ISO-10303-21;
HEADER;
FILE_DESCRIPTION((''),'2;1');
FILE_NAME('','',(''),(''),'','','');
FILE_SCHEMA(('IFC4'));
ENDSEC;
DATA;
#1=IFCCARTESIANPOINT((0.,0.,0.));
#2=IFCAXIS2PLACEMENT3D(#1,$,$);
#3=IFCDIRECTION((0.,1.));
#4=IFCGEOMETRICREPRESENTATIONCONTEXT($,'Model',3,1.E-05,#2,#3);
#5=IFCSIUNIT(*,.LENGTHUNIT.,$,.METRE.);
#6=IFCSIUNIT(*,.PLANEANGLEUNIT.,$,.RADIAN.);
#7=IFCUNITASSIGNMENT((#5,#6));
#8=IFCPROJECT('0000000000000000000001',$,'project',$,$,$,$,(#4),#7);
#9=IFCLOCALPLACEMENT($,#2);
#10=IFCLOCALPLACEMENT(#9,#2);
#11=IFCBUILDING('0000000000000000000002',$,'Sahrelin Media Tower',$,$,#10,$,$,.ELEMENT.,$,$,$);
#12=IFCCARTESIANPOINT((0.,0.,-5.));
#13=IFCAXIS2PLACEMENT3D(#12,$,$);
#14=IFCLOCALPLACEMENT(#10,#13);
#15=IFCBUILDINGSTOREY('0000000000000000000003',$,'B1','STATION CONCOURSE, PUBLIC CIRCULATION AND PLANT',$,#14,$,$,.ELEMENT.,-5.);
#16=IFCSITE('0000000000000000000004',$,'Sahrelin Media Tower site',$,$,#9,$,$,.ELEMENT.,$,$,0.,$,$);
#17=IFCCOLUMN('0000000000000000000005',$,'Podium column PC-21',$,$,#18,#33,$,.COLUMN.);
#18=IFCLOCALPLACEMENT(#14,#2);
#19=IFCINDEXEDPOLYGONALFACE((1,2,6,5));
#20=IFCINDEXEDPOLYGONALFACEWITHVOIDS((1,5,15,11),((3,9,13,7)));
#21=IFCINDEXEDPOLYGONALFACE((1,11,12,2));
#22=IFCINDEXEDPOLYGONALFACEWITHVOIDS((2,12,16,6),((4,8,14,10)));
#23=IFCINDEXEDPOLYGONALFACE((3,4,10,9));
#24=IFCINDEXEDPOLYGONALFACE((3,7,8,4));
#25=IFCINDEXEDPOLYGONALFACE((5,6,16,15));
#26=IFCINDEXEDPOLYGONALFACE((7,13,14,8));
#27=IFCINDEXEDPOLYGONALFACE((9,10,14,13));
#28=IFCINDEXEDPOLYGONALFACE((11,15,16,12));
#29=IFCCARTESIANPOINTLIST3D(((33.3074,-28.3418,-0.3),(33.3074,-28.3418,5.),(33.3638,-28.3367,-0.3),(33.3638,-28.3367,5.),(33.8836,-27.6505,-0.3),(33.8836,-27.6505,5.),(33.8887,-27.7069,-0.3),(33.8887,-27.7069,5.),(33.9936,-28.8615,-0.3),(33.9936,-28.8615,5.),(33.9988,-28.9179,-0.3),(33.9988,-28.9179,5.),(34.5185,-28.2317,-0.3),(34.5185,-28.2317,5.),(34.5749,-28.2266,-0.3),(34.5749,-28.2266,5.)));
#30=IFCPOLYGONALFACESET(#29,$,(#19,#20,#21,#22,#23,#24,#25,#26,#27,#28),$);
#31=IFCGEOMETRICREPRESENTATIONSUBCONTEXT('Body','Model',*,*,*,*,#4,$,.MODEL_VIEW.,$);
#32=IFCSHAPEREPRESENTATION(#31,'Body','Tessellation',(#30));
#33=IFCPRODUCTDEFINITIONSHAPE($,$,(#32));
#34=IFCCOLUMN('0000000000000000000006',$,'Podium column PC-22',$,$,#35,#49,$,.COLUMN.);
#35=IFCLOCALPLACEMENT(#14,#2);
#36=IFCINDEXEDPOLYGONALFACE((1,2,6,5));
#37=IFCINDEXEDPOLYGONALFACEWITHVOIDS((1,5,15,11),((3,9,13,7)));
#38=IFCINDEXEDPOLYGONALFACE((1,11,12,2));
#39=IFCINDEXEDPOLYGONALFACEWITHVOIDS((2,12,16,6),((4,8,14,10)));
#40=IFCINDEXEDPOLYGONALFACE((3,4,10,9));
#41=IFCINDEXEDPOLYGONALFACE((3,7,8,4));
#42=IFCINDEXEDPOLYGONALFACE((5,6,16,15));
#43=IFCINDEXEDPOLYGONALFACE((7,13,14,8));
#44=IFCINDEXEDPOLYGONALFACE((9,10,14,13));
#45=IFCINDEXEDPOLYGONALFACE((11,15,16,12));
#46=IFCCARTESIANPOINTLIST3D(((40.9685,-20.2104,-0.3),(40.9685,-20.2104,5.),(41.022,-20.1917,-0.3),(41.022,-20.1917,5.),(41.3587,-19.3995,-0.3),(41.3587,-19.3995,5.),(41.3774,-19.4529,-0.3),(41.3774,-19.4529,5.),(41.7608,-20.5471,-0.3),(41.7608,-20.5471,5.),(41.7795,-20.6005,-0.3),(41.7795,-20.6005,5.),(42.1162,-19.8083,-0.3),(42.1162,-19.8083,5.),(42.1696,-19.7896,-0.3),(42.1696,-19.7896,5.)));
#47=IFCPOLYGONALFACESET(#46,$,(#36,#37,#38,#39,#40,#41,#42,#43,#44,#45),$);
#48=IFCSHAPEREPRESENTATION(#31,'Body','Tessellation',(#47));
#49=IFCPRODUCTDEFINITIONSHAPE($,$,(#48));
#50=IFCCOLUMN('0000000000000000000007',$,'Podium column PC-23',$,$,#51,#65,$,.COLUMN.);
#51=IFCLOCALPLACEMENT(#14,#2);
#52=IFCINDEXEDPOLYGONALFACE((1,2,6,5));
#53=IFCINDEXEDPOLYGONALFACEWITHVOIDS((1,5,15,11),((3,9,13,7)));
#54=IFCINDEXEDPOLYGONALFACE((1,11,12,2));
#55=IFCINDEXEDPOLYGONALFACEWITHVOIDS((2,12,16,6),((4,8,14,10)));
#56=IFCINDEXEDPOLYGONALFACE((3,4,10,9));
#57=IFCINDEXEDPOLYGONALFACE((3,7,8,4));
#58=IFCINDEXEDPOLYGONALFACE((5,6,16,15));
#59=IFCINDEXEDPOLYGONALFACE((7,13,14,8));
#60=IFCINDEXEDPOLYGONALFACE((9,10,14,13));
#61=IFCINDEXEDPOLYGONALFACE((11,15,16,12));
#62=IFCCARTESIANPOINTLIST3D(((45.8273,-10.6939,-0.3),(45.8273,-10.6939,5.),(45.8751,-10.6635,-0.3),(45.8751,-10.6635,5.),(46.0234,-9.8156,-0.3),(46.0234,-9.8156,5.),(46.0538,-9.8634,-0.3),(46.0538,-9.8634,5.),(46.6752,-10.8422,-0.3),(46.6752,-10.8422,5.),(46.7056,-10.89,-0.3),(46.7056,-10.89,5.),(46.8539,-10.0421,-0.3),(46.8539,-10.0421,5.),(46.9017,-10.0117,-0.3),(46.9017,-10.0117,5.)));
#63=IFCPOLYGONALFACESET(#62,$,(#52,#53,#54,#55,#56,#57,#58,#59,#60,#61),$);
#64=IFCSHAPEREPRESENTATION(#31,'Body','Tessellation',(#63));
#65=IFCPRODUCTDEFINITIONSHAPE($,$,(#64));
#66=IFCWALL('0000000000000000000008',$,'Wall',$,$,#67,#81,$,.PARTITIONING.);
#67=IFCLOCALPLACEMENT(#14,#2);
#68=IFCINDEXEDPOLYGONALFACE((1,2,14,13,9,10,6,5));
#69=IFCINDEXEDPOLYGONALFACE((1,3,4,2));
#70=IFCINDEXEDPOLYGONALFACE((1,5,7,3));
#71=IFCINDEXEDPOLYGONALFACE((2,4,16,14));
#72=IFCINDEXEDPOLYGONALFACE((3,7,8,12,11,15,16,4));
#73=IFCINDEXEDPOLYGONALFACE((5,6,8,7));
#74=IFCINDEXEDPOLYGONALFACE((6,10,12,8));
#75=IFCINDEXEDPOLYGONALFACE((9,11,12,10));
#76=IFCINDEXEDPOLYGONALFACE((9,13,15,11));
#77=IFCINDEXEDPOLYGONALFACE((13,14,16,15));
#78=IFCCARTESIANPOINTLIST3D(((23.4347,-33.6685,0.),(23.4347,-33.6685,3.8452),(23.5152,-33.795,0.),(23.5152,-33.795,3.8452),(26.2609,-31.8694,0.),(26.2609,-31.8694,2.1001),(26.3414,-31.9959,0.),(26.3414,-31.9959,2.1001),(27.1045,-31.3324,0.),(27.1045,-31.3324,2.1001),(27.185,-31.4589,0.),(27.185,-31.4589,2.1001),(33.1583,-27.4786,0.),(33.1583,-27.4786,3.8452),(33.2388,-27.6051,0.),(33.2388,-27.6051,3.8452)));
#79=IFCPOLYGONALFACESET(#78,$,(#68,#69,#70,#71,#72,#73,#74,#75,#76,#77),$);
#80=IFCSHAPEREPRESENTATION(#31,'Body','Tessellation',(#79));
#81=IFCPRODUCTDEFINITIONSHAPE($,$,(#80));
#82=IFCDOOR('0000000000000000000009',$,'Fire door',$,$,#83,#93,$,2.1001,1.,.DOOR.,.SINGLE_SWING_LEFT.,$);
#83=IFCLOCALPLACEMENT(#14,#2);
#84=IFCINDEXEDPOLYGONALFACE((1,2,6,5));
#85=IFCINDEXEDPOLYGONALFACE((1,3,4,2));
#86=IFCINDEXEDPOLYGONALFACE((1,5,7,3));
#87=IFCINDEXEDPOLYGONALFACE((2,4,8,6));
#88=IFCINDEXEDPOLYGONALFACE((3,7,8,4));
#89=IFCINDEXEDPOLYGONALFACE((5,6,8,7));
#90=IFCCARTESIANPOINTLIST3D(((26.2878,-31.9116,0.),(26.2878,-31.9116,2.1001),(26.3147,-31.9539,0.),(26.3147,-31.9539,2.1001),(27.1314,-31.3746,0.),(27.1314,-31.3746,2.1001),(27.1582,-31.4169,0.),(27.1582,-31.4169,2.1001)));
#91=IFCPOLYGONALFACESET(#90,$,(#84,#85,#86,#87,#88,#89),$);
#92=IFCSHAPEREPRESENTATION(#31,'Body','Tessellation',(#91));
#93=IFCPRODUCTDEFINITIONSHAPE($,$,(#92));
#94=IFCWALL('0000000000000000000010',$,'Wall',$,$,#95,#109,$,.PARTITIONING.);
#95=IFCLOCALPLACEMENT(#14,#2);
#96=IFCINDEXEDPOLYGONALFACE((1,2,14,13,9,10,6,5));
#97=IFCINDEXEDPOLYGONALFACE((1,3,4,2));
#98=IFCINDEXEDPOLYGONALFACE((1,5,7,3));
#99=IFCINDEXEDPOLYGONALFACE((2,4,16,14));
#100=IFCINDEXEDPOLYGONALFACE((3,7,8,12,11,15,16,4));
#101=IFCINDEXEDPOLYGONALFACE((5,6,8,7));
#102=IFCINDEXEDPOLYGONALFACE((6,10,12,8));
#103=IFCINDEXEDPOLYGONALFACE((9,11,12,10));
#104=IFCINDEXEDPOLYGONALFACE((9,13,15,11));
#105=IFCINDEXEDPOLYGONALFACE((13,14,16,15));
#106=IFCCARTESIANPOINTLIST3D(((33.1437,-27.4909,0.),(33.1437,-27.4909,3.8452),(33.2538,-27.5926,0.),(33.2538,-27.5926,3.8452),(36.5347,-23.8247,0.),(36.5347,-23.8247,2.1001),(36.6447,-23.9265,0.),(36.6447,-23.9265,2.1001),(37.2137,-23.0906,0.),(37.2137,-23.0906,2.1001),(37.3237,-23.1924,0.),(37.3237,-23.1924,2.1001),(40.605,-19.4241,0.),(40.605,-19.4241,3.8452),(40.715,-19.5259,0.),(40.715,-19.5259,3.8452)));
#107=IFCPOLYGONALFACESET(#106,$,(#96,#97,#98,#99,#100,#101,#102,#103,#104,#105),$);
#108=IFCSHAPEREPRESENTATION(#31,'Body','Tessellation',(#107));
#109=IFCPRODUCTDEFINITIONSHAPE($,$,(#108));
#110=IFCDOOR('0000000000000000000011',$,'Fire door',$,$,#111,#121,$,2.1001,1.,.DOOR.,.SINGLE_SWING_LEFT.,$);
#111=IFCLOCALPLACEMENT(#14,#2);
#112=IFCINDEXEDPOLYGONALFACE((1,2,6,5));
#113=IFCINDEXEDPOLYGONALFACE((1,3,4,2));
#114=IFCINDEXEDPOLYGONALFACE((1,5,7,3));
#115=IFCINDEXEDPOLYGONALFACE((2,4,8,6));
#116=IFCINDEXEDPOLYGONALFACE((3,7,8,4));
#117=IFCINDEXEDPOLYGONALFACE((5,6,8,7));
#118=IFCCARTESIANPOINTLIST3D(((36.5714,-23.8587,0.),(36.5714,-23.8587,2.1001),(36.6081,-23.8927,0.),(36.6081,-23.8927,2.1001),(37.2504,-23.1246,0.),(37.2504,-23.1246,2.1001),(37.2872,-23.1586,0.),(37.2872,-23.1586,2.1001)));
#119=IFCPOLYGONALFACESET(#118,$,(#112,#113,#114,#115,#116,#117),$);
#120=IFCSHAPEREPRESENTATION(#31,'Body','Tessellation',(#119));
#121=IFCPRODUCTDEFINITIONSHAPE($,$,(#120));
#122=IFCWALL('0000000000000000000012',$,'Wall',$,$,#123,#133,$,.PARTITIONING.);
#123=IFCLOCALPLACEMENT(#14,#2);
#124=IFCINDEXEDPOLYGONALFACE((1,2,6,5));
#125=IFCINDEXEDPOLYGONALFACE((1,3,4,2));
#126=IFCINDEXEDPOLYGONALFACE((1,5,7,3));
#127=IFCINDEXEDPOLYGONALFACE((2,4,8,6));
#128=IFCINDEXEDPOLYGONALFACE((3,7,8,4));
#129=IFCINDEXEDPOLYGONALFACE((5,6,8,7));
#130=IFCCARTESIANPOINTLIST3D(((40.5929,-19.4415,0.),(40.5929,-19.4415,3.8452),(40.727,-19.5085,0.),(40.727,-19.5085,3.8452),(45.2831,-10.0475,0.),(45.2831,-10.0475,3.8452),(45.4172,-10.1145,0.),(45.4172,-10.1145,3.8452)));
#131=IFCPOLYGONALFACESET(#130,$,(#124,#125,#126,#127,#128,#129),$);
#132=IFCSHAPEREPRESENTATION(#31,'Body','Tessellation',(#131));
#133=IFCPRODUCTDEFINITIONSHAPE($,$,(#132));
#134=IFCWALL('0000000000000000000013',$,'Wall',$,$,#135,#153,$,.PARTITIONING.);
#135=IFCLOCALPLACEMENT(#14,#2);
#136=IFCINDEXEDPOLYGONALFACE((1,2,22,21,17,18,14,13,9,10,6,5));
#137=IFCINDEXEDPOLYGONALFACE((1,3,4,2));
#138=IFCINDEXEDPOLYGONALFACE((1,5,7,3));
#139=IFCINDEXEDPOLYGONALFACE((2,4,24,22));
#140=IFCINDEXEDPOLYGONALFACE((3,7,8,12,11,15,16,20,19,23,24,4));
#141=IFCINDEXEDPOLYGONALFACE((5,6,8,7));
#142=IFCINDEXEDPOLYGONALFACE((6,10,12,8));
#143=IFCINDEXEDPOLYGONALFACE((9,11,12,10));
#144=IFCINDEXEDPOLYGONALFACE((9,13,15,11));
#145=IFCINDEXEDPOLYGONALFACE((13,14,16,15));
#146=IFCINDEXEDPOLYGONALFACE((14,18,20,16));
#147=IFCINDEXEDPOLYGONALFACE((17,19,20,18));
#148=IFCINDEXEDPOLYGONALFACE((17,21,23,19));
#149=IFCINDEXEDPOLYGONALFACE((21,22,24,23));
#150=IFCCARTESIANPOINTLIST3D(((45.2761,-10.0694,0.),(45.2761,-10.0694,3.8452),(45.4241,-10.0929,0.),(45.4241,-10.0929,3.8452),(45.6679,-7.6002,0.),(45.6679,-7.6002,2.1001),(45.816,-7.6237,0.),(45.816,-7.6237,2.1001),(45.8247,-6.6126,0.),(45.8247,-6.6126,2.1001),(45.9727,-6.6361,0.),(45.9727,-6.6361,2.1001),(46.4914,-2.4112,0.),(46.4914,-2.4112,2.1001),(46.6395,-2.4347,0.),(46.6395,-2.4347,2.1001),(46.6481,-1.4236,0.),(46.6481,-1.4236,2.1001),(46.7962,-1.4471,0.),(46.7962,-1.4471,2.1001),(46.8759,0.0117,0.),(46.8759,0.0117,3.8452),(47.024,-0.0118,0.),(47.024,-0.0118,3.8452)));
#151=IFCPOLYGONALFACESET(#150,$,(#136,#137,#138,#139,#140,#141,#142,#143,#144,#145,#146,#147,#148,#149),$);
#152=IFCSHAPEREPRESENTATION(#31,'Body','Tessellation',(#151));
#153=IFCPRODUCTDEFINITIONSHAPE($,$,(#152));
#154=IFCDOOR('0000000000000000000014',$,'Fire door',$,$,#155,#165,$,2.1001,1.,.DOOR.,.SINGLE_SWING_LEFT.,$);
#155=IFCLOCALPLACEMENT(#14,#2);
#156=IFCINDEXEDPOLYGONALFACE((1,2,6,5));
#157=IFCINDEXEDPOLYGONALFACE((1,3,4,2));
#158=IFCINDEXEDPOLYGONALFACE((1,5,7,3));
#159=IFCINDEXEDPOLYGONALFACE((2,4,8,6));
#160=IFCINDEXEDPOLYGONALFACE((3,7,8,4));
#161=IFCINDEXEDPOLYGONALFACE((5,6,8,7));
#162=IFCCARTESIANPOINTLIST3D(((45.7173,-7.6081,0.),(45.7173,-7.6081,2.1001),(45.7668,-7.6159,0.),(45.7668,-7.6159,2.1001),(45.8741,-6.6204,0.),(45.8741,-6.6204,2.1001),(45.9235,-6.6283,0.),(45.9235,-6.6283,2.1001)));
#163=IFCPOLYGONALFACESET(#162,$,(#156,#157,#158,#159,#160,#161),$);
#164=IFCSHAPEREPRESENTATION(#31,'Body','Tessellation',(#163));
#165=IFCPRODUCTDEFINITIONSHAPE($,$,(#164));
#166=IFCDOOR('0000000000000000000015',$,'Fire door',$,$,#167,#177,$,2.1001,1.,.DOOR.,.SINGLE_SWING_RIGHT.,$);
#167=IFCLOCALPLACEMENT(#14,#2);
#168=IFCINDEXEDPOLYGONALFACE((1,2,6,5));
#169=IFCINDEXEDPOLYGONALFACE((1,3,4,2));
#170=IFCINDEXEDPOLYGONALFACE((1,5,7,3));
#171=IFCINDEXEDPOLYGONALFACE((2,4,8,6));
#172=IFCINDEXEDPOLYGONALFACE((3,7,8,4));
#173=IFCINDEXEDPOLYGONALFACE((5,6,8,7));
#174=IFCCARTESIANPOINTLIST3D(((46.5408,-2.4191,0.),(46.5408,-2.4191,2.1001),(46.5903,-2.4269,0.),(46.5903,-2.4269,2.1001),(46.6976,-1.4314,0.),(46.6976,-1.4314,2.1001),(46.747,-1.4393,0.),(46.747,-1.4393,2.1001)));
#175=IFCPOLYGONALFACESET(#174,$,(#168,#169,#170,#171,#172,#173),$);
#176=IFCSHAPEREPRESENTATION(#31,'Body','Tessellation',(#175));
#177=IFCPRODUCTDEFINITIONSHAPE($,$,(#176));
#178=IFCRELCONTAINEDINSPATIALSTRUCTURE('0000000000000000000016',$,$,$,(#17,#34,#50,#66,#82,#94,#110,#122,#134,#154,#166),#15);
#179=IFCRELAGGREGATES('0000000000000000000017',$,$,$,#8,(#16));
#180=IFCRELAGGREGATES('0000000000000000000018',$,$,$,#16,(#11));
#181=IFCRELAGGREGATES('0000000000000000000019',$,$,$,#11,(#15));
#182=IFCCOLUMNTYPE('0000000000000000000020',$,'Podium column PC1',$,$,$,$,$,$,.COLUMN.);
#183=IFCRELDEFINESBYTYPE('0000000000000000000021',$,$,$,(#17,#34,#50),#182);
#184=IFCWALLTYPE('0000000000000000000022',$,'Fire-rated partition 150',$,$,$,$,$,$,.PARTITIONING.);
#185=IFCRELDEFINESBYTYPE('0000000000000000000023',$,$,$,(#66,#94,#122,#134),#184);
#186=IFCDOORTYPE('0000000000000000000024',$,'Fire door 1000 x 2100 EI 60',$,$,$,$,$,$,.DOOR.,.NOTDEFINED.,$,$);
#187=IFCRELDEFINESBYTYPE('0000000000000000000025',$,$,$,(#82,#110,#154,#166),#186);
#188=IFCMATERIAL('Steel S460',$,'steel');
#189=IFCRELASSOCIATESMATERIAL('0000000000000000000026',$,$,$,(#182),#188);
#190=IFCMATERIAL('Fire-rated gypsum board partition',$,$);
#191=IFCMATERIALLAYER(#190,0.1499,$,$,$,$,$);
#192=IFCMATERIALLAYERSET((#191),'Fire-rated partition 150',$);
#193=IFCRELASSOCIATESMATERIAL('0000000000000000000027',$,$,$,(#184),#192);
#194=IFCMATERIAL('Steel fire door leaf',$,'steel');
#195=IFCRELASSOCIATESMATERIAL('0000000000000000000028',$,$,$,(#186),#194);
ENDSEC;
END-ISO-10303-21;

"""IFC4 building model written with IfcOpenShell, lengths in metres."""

from ifc_helpers import new_model, si_unit, direction, frame, frame_2d, origin, origin_2d, place, context, subcontext, project, spatial, rectangle, hollow_rectangle, extrude, material, layer, layer_set, material_profile, profile_set, type_object, element, fill, save


model = new_model("IFC4")

# Units and contexts
model_context = context("Model", 3, precision=1e-05, world=origin(), true_north=direction((0.0, 1.0)))
body_context = subcontext(model_context, "Body", "Model", "MODEL_VIEW")
ifc_project = project(units=[si_unit("LENGTHUNIT", "METRE"), si_unit("PLANEANGLEUNIT", "RADIAN")], contexts=[model_context])

# Site, building, storey
site_placement = place(None, origin())
site = spatial("IfcSite", under=ifc_project, at=site_placement, Name="Sahrelin Media Tower site", CompositionType="ELEMENT", RefElevation=0.0)
building_placement = place(site_placement, origin())
building = spatial("IfcBuilding", under=site, at=building_placement, Name="Sahrelin Media Tower", CompositionType="ELEMENT")
storey_placement = place(building_placement, frame((0.0, 0.0, -5.0)))
storey = spatial("IfcBuildingStorey", under=building, at=storey_placement, Name="B1", Description="STATION CONCOURSE, PUBLIC CIRCULATION AND PLANT", CompositionType="ELEMENT", Elevation=-5.0)

# Columns
ifc_material_1 = material(Name="Steel S460", Category="steel")
ifc_material_profile_1 = material_profile(ifc_material_1, hollow_rectangle(XDim=0.8999, YDim=0.8999, WallThickness=0.04, at=origin_2d()), Name="Podium column PC1")
ifc_profile_set_1 = profile_set([ifc_material_profile_1], Name="Steel S460")
column_type_1 = type_object("IfcColumnType", Name="Podium column PC1", PredefinedType="COLUMN", material=ifc_profile_set_1)
for number, where, z_axis, x_axis, name in (
    (1, (33.9412, -28.2842, -0.3), (0.0, 0.0, 1.0), (0.768221, -0.640185, 0.0), "Podium column PC-21"),
    (2, (41.5691, -20.0, -0.3), (0.0, 0.0, 1.0), (0.901127, -0.433555, 0.0), "Podium column PC-22"),
    (3, (46.3645, -10.3528, -0.3), (0.0, 0.0, 1.0), (0.975965, -0.217925, 0.0), "Podium column PC-23"),
):
    element("IfcColumn", number, at=place(storey_placement, frame(where, z_axis=z_axis, x_axis=x_axis)), inside=storey, type_object=column_type_1, Name=name, PredefinedType="COLUMN", context=body_context, shape_type="SweptSolid", body=[
        extrude(hollow_rectangle(XDim=0.8999, YDim=0.8999, WallThickness=0.04, at=origin_2d()), origin(), (0.0, 0.0, 1.0), 5.3),
    ])

# Walls, openings, doors
ifc_material_2 = material(Name="Fire-rated gypsum board partition")
ifc_layer = layer(ifc_material_2, 0.1499)
ifc_layer_set = layer_set([ifc_layer], Name="Fire-rated partition 150")
wall_type = type_object("IfcWallType", Name="Fire-rated partition 150", PredefinedType="PARTITIONING", material=ifc_layer_set)
wall_1_placement = place(storey_placement, frame((23.4751, -33.7317, 0.0), z_axis=(0.0, 0.0, 1.0), x_axis=(0.843576, 0.53701, 0.0)))
wall_1 = element("IfcWall", 4, at=wall_1_placement, inside=storey, type_object=wall_type, Name="Wall", PredefinedType="PARTITIONING", context=body_context, shape_type="SweptSolid", body=[
    extrude(rectangle(XDim=11.5266, YDim=0.1499, at=frame_2d((5.7632, 0.0))), origin(), (0.0, 0.0, 1.0), 3.8452),
])
opening_1_placement = place(wall_1_placement, frame((3.3501, 0.0, 0.0)))
opening_1 = element("IfcOpeningElement", 5, at=opening_1_placement, cuts=wall_1, PredefinedType="OPENING", context=body_context, shape_type="SweptSolid", body=[
    extrude(rectangle(XDim=1.0, YDim=2.1001, at=frame_2d((0.5, 1.05))), frame((0.0, 0.075, 0.0), z_axis=(0.0, -1.0, 0.0), x_axis=(1.0, 0.0, 0.0)), (0.0, 0.0, 1.0), 0.1499),
])
ifc_material_3 = material(Name="Steel fire door leaf", Category="steel")
door_type = type_object("IfcDoorType", Name="Fire door 1000 x 2100 EI 60", OperationType="NOTDEFINED", PredefinedType="DOOR", material=ifc_material_3)
door_1_placement = place(opening_1_placement, origin())
door_1 = element("IfcDoor", 6, at=door_1_placement, inside=storey, type_object=door_type, Name="Fire door", OperationType="SINGLE_SWING_LEFT", OverallHeight=2.1001, OverallWidth=1.0, PredefinedType="DOOR", context=body_context, shape_type="SweptSolid", body=[
    extrude(rectangle(XDim=1.0, YDim=2.1001, at=frame_2d((0.5, 1.05))), frame((0.0, 0.0249, 0.0), z_axis=(0.0, -1.0, 0.0), x_axis=(1.0, 0.0, 0.0)), (0.0, 0.0, 1.0), 0.05),
])
fill(opening_1, door_1)
wall_2_placement = place(storey_placement, frame((33.1987, -27.5417, 0.0), z_axis=(0.0, 0.0, 1.0), x_axis=(0.679019, 0.734121, 0.0)))
wall_2 = element("IfcWall", 7, at=wall_2_placement, inside=storey, type_object=wall_type, Name="Wall", PredefinedType="PARTITIONING", context=body_context, shape_type="SweptSolid", body=[
    extrude(rectangle(XDim=10.9883, YDim=0.1499, at=frame_2d((5.4941, 0.0))), origin(), (0.0, 0.0, 1.0), 3.8452),
])
opening_2_placement = place(wall_2_placement, frame((4.9939, 0.0, 0.0)))
opening_2 = element("IfcOpeningElement", 8, at=opening_2_placement, cuts=wall_2, PredefinedType="OPENING", context=body_context, shape_type="SweptSolid", body=[
    extrude(rectangle(XDim=1.0, YDim=2.1001, at=frame_2d((0.5, 1.05))), frame((0.0, 0.075, 0.0), z_axis=(0.0, -1.0, 0.0), x_axis=(1.0, 0.0, 0.0)), (0.0, 0.0, 1.0), 0.1499),
])
door_2_placement = place(opening_2_placement, origin())
door_2 = element("IfcDoor", 9, at=door_2_placement, inside=storey, type_object=door_type, Name="Fire door", OperationType="SINGLE_SWING_LEFT", OverallHeight=2.1001, OverallWidth=1.0, PredefinedType="DOOR", context=body_context, shape_type="SweptSolid", body=[
    extrude(rectangle(XDim=1.0, YDim=2.1001, at=frame_2d((0.5, 1.05))), frame((0.0, 0.0249, 0.0), z_axis=(0.0, -1.0, 0.0), x_axis=(1.0, 0.0, 0.0)), (0.0, 0.0, 1.0), 0.05),
])
fill(opening_2, door_2)

# Wall
wall_3_placement = place(storey_placement, frame((40.6599, -19.4751, 0.0), z_axis=(0.0, 0.0, 1.0), x_axis=(0.446693, 0.894687, 0.0)))
element("IfcWall", 10, at=wall_3_placement, inside=storey, type_object=wall_type, Name="Wall", PredefinedType="PARTITIONING", context=body_context, shape_type="SweptSolid", body=[
    extrude(rectangle(XDim=10.4998, YDim=0.1499, at=frame_2d((5.25, 0.0))), origin(), (0.0, 0.0, 1.0), 3.8452),
])

# Wall, openings, doors
wall_4_placement = place(storey_placement, frame((45.3501, -10.0811, 0.0), z_axis=(0.0, 0.0, 1.0), x_axis=(0.156738, 0.98764, 0.0)))
wall_4 = element("IfcWall", 11, at=wall_4_placement, inside=storey, type_object=wall_type, Name="Wall", PredefinedType="PARTITIONING", context=body_context, shape_type="SweptSolid", body=[
    extrude(rectangle(XDim=10.2073, YDim=0.1499, at=frame_2d((5.1035, 0.0))), origin(), (0.0, 0.0, 1.0), 3.8452),
])
opening_3_placement = place(wall_4_placement, frame((2.5, 0.0, 0.0)))
opening_3 = element("IfcOpeningElement", 12, at=opening_3_placement, cuts=wall_4, PredefinedType="OPENING", context=body_context, shape_type="SweptSolid", body=[
    extrude(rectangle(XDim=1.0, YDim=2.1001, at=frame_2d((0.5, 1.05))), frame((0.0, 0.075, 0.0), z_axis=(0.0, -1.0, 0.0), x_axis=(1.0, 0.0, 0.0)), (0.0, 0.0, 1.0), 0.1499),
])
opening_4_placement = place(wall_4_placement, frame((7.7539, 0.0, 0.0)))
opening_4 = element("IfcOpeningElement", 13, at=opening_4_placement, cuts=wall_4, PredefinedType="OPENING", context=body_context, shape_type="SweptSolid", body=[
    extrude(rectangle(XDim=1.0, YDim=2.1001, at=frame_2d((0.5, 1.05))), frame((0.0, 0.075, 0.0), z_axis=(0.0, -1.0, 0.0), x_axis=(1.0, 0.0, 0.0)), (0.0, 0.0, 1.0), 0.1499),
])
door_3_placement = place(opening_3_placement, origin())
door_3 = element("IfcDoor", 14, at=door_3_placement, inside=storey, type_object=door_type, Name="Fire door", OperationType="SINGLE_SWING_LEFT", OverallHeight=2.1001, OverallWidth=1.0, PredefinedType="DOOR", context=body_context, shape_type="SweptSolid", body=[
    extrude(rectangle(XDim=1.0, YDim=2.1001, at=frame_2d((0.5, 1.05))), frame((0.0, 0.0249, 0.0), z_axis=(0.0, -1.0, 0.0), x_axis=(1.0, 0.0, 0.0)), (0.0, 0.0, 1.0), 0.05),
])
fill(opening_3, door_3)
door_4_placement = place(opening_4_placement, origin())
door_4 = element("IfcDoor", 15, at=door_4_placement, inside=storey, type_object=door_type, Name="Fire door", OperationType="SINGLE_SWING_RIGHT", OverallHeight=2.1001, OverallWidth=1.0, PredefinedType="DOOR", context=body_context, shape_type="SweptSolid", body=[
    extrude(rectangle(XDim=1.0, YDim=2.1001, at=frame_2d((0.5, 1.05))), frame((0.0, 0.0249, 0.0), z_axis=(0.0, -1.0, 0.0), x_axis=(1.0, 0.0, 0.0)), (0.0, 0.0, 1.0), 0.05),
])
fill(opening_4, door_4)

save(model, "model.ifc")
